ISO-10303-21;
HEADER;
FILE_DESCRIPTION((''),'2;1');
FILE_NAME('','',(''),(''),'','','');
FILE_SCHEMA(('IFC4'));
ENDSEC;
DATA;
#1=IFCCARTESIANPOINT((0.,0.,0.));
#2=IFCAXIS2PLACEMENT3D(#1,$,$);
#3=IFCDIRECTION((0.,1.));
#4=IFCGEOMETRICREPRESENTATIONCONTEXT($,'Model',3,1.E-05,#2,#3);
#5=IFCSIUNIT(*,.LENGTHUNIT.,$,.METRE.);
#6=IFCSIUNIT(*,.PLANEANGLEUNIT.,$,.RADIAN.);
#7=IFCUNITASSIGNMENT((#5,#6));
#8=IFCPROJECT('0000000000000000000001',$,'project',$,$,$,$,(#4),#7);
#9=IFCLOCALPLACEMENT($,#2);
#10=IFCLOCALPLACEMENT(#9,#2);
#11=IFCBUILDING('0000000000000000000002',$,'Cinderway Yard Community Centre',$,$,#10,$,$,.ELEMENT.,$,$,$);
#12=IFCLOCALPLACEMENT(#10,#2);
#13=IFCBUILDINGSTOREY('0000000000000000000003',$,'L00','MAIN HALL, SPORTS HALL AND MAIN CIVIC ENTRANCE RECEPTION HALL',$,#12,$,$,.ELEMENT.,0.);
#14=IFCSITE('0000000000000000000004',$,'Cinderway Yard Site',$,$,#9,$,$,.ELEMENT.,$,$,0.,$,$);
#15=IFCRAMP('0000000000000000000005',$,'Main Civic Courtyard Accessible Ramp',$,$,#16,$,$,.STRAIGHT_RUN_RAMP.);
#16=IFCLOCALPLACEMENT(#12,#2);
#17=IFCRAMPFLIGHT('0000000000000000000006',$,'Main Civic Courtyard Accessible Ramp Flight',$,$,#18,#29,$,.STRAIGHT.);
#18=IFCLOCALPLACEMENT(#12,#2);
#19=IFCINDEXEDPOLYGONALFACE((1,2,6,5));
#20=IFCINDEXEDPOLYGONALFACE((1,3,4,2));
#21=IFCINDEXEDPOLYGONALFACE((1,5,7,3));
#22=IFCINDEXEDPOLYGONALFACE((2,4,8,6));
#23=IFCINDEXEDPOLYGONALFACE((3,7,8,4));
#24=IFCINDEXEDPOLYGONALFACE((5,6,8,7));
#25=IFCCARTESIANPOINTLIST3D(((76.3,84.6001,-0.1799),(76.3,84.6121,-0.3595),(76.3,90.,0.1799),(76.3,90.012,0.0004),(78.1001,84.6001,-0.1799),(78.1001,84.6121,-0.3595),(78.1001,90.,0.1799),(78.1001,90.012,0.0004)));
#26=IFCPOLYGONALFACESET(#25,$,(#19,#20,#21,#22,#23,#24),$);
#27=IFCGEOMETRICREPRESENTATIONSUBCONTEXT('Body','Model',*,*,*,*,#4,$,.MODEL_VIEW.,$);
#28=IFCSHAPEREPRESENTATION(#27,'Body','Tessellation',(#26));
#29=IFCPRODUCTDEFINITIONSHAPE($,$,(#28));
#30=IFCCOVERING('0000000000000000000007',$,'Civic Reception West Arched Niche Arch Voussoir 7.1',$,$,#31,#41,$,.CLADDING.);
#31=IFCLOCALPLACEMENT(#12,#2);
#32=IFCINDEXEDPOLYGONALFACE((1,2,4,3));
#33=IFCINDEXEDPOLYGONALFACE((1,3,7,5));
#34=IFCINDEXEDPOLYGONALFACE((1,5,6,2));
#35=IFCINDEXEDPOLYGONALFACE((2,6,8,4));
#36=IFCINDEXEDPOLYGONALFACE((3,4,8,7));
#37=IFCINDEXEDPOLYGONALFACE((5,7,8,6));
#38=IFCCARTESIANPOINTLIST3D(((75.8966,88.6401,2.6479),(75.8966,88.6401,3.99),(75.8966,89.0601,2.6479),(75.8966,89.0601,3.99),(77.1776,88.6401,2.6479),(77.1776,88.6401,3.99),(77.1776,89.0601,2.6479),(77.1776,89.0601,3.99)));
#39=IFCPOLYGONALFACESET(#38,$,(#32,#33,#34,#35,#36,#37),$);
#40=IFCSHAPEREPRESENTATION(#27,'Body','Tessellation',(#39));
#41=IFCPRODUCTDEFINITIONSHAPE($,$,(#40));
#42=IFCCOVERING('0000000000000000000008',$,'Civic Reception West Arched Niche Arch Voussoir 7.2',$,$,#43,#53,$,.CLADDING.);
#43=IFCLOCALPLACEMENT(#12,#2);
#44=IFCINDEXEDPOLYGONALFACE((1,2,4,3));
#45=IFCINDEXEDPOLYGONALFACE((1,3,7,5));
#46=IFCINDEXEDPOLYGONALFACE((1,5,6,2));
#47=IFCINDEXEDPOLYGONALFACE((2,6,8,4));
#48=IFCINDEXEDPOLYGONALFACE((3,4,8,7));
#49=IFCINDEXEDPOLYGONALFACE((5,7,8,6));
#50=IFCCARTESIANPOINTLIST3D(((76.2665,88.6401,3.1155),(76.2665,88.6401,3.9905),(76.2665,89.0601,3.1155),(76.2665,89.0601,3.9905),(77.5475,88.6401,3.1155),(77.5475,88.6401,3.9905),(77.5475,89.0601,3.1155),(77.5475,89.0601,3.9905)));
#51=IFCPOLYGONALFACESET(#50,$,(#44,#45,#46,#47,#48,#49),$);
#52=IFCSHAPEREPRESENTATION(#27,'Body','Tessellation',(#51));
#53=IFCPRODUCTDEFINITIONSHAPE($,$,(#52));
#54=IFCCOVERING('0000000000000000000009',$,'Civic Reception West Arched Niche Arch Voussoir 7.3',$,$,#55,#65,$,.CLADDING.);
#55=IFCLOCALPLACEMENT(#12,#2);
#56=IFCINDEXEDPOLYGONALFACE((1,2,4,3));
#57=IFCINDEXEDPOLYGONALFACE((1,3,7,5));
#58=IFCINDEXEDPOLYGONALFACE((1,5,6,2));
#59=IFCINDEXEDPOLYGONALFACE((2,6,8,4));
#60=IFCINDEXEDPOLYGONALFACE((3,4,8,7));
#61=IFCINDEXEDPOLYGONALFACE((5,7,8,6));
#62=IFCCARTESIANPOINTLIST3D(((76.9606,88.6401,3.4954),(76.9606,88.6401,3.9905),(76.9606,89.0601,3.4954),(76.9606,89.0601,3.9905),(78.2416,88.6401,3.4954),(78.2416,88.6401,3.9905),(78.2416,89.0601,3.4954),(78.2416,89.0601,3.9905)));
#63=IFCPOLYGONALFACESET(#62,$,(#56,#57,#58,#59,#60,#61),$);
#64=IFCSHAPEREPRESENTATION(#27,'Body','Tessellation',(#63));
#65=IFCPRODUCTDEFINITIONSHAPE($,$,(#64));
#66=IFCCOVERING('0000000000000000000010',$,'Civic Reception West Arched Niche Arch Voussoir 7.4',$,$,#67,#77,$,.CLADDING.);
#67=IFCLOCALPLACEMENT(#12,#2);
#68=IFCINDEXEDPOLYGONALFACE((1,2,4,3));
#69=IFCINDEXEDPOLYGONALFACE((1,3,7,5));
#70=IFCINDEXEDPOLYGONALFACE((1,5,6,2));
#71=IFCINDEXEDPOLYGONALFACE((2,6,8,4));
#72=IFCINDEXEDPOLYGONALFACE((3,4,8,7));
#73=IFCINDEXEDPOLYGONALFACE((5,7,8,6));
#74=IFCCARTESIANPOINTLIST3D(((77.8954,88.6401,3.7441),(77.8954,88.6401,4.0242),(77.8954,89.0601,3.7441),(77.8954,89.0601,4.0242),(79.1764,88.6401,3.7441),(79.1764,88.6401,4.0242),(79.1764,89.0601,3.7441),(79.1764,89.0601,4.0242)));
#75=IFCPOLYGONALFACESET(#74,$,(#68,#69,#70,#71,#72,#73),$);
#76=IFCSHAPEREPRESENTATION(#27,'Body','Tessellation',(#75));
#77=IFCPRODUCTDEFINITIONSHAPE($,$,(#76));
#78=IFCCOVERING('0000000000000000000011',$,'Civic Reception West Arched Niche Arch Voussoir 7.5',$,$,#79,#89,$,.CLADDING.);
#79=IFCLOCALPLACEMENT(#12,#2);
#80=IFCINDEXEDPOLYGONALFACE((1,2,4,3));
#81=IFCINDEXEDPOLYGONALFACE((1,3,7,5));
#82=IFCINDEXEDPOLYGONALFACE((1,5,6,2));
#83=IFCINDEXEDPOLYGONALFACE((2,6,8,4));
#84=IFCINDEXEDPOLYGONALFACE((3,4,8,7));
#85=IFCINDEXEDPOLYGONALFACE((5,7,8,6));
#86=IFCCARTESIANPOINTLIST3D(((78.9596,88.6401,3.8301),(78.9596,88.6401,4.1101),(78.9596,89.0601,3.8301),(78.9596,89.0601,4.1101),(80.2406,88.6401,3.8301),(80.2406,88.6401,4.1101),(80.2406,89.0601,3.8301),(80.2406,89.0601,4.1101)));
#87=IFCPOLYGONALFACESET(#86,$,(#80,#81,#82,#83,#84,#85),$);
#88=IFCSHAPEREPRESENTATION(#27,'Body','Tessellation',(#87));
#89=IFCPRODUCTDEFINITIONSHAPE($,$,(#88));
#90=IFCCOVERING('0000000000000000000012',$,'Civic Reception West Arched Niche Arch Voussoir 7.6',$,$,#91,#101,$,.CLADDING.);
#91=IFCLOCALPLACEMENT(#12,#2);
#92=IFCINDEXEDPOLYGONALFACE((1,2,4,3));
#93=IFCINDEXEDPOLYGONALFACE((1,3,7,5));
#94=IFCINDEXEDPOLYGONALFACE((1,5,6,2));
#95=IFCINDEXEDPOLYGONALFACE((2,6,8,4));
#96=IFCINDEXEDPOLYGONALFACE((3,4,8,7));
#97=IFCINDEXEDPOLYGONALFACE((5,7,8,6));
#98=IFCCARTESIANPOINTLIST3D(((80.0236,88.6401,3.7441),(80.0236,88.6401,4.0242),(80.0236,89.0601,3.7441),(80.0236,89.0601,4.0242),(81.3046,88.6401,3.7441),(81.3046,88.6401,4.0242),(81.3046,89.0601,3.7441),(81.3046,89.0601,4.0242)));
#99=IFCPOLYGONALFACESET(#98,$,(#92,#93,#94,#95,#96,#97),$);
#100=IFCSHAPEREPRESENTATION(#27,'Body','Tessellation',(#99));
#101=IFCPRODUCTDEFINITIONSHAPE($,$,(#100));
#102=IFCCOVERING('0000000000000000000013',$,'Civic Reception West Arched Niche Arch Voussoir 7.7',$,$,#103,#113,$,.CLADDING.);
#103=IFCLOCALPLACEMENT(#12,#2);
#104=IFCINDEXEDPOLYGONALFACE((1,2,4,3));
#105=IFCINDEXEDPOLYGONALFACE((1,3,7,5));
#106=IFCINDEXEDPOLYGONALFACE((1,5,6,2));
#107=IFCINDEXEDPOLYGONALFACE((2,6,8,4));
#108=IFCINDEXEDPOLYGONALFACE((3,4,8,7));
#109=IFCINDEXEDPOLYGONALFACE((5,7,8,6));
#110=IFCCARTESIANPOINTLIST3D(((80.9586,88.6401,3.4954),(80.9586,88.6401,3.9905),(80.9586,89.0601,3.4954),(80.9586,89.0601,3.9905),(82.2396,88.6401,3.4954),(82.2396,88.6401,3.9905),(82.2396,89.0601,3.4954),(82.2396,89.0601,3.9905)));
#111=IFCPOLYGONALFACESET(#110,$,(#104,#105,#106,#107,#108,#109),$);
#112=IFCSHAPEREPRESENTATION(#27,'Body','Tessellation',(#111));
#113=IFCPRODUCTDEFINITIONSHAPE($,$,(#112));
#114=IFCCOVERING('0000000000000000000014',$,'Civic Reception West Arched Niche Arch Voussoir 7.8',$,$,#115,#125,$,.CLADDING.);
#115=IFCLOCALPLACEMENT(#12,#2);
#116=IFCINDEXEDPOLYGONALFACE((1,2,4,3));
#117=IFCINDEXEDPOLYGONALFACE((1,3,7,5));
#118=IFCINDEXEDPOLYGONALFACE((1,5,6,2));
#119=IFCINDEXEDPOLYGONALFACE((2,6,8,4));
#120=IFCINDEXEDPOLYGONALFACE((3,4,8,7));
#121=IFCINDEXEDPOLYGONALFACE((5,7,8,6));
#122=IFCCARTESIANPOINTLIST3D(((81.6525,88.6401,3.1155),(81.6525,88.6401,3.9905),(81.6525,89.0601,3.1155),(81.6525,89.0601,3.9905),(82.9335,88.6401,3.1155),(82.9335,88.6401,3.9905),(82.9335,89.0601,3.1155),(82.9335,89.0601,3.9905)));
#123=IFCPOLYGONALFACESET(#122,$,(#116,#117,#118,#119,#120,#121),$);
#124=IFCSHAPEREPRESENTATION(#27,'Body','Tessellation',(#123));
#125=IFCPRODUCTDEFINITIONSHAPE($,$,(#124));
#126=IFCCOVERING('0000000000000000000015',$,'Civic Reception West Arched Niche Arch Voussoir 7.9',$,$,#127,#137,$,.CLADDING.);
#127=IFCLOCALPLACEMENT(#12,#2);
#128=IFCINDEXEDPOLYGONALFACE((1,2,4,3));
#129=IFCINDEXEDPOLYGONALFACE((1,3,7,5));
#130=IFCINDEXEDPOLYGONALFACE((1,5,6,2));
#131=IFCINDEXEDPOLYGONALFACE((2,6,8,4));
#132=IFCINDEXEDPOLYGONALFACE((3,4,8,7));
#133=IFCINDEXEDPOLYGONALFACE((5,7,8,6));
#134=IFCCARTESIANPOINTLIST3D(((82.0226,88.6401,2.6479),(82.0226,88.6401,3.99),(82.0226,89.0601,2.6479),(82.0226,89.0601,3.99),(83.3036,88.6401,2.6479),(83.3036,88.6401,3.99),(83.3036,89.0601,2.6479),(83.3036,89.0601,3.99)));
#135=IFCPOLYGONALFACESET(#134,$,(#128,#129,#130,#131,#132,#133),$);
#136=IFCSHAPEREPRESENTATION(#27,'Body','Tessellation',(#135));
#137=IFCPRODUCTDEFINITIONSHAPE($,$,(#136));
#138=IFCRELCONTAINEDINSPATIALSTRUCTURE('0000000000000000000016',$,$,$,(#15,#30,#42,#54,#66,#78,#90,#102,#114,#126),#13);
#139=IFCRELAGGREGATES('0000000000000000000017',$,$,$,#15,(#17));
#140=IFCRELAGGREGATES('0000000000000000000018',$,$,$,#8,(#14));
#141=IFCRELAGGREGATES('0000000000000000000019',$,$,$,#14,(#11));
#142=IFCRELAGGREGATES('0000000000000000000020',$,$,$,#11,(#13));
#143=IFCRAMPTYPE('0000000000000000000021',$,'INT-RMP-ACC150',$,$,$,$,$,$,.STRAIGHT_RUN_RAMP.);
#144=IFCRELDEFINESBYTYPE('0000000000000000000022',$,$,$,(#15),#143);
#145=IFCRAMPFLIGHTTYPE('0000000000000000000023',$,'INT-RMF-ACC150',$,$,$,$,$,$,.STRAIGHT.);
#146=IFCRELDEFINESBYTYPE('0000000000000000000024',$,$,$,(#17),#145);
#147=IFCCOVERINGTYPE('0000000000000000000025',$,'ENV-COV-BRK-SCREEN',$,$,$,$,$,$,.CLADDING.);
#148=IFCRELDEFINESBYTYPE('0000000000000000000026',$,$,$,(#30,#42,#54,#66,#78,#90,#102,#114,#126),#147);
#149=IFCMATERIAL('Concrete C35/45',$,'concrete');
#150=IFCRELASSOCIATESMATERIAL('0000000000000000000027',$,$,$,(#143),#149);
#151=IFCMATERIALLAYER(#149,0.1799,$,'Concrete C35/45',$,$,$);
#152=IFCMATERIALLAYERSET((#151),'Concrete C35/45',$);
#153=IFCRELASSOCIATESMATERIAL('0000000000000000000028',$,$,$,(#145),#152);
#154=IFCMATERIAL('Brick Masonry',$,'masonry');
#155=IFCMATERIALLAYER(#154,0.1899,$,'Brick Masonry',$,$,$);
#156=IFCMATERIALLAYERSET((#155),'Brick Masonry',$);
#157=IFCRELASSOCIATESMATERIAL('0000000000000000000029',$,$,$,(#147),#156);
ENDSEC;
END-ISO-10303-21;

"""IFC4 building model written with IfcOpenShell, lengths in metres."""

from ifc_helpers import new_model, si_unit, direction, frame, origin, origin_2d, place, context, subcontext, project, spatial, polyline, rectangle, outline, extrude, material, layer, layer_set, type_object, element, aggregate, save


model = new_model("IFC4")

# Units and contexts
model_context = context("Model", 3, precision=1e-05, world=origin(), true_north=direction((0.0, 1.0)))
body_context = subcontext(model_context, "Body", "Model", "MODEL_VIEW")
ifc_project = project(units=[si_unit("LENGTHUNIT", "METRE"), si_unit("PLANEANGLEUNIT", "RADIAN")], contexts=[model_context])

# Site, building, storey
site_placement = place(None, origin())
site = spatial("IfcSite", under=ifc_project, at=site_placement, Name="Cinderway Yard Site", CompositionType="ELEMENT", RefElevation=0.0)
building_placement = place(site_placement, origin())
building = spatial("IfcBuilding", under=site, at=building_placement, Name="Cinderway Yard Community Centre", CompositionType="ELEMENT")
storey_placement = place(building_placement, origin())
storey = spatial("IfcBuildingStorey", under=building, at=storey_placement, Name="L00", Description="MAIN HALL, SPORTS HALL AND MAIN CIVIC ENTRANCE RECEPTION HALL", CompositionType="ELEMENT", Elevation=0.0)

# Shared definitions
ifc_material_1 = material(Name="Concrete C35/45", Category="concrete")

# Shared definitions
ifc_material_2 = material(Name="Brick Masonry", Category="masonry")

# Ramp, ramp flight
ramp_type = type_object("IfcRampType", Name="INT-RMP-ACC150", PredefinedType="STRAIGHT_RUN_RAMP", material=ifc_material_1)
ramp_placement = place(storey_placement, origin())
ramp = element("IfcRamp", 1, at=ramp_placement, inside=storey, type_object=ramp_type, Name="Main Civic Courtyard Accessible Ramp", PredefinedType="STRAIGHT_RUN_RAMP")
ifc_layer_1 = layer(ifc_material_1, 0.1799, Name="Concrete C35/45")
ifc_layer_set_1 = layer_set([ifc_layer_1], Name="Concrete C35/45")
ramp_flight_type = type_object("IfcRampFlightType", Name="INT-RMF-ACC150", PredefinedType="STRAIGHT", material=ifc_layer_set_1)
ramp_flight_placement = place(storey_placement, frame((78.1001, 84.6001, -0.1799), z_axis=(0.0, -0.066495, 0.997787), x_axis=(-1.0, 0.0, 0.0)))
ramp_flight = element("IfcRampFlight", 2, at=ramp_flight_placement, type_object=ramp_flight_type, Name="Main Civic Courtyard Accessible Ramp Flight", PredefinedType="STRAIGHT", context=body_context, shape_type="SweptSolid", body=[
    extrude(outline(polyline([(0.0, 0.0), (1.8, 0.0), (1.8, -5.4119), (0.0, -5.4119), (0.0, 0.0)])), origin(), (0.0, 0.0, -1.0), 0.1799),
])
aggregate(ramp, [ramp_flight])

# Coverings
ifc_layer_2 = layer(ifc_material_2, 0.1899, Name="Brick Masonry")
ifc_layer_set_2 = layer_set([ifc_layer_2], Name="Brick Masonry")
covering_type = type_object("IfcCoveringType", Name="ENV-COV-BRK-SCREEN", PredefinedType="CLADDING", material=ifc_layer_set_2)
covering_1_placement = place(storey_placement, frame((76.5371, 88.8501, 2.6479), z_axis=(0.0, 0.0, 1.0), x_axis=(1.0, 0.0, 0.0)))
element("IfcCovering", 3, at=covering_1_placement, inside=storey, type_object=covering_type, Name="Civic Reception West Arched Niche Arch Voussoir 7.1", PredefinedType="CLADDING", context=body_context, shape_type="SweptSolid", body=[
    extrude(rectangle(XDim=1.281, YDim=0.4199, at=origin_2d()), origin(), (0.0, 0.0, 1.0), 1.342),
])
covering_2_placement = place(storey_placement, frame((76.907, 88.8501, 3.1155), z_axis=(0.0, 0.0, 1.0), x_axis=(1.0, 0.0, 0.0)))
element("IfcCovering", 4, at=covering_2_placement, inside=storey, type_object=covering_type, Name="Civic Reception West Arched Niche Arch Voussoir 7.2", PredefinedType="CLADDING", context=body_context, shape_type="SweptSolid", body=[
    extrude(rectangle(XDim=1.281, YDim=0.4199, at=origin_2d()), origin(), (0.0, 0.0, 1.0), 0.875),
])
covering_3_placement = place(storey_placement, frame((77.6011, 88.8501, 3.4954), z_axis=(0.0, 0.0, 1.0), x_axis=(1.0, 0.0, 0.0)))
element("IfcCovering", 5, at=covering_3_placement, inside=storey, type_object=covering_type, Name="Civic Reception West Arched Niche Arch Voussoir 7.3", PredefinedType="CLADDING", context=body_context, shape_type="SweptSolid", body=[
    extrude(rectangle(XDim=1.281, YDim=0.4199, at=origin_2d()), origin(), (0.0, 0.0, 1.0), 0.4951),
])
for number, where, z_axis, x_axis, name in (
    (6, (78.5359, 88.8501, 3.7441), (0.0, 0.0, 1.0), (1.0, 0.0, 0.0), "Civic Reception West Arched Niche Arch Voussoir 7.4"),
    (7, (79.6001, 88.8501, 3.8301), (0.0, 0.0, 1.0), (1.0, 0.0, 0.0), "Civic Reception West Arched Niche Arch Voussoir 7.5"),
    (8, (80.6641, 88.8501, 3.7441), (0.0, 0.0, 1.0), (1.0, 0.0, 0.0), "Civic Reception West Arched Niche Arch Voussoir 7.6"),
):
    element("IfcCovering", number, at=place(storey_placement, frame(where, z_axis=z_axis, x_axis=x_axis)), inside=storey, type_object=covering_type, Name=name, PredefinedType="CLADDING", context=body_context, shape_type="SweptSolid", body=[
        extrude(rectangle(XDim=1.281, YDim=0.4199, at=origin_2d()), origin(), (0.0, 0.0, 1.0), 0.28),
    ])
covering_4_placement = place(storey_placement, frame((81.5991, 88.8501, 3.4954), z_axis=(0.0, 0.0, 1.0), x_axis=(1.0, 0.0, 0.0)))
element("IfcCovering", 9, at=covering_4_placement, inside=storey, type_object=covering_type, Name="Civic Reception West Arched Niche Arch Voussoir 7.7", PredefinedType="CLADDING", context=body_context, shape_type="SweptSolid", body=[
    extrude(rectangle(XDim=1.281, YDim=0.4199, at=origin_2d()), origin(), (0.0, 0.0, 1.0), 0.4951),
])
covering_5_placement = place(storey_placement, frame((82.293, 88.8501, 3.1155), z_axis=(0.0, 0.0, 1.0), x_axis=(1.0, 0.0, 0.0)))
element("IfcCovering", 10, at=covering_5_placement, inside=storey, type_object=covering_type, Name="Civic Reception West Arched Niche Arch Voussoir 7.8", PredefinedType="CLADDING", context=body_context, shape_type="SweptSolid", body=[
    extrude(rectangle(XDim=1.281, YDim=0.4199, at=origin_2d()), origin(), (0.0, 0.0, 1.0), 0.875),
])
covering_6_placement = place(storey_placement, frame((82.6631, 88.8501, 2.6479), z_axis=(0.0, 0.0, 1.0), x_axis=(1.0, 0.0, 0.0)))
element("IfcCovering", 11, at=covering_6_placement, inside=storey, type_object=covering_type, Name="Civic Reception West Arched Niche Arch Voussoir 7.9", PredefinedType="CLADDING", context=body_context, shape_type="SweptSolid", body=[
    extrude(rectangle(XDim=1.281, YDim=0.4199, at=origin_2d()), origin(), (0.0, 0.0, 1.0), 1.342),
])

save(model, "model.ifc")
